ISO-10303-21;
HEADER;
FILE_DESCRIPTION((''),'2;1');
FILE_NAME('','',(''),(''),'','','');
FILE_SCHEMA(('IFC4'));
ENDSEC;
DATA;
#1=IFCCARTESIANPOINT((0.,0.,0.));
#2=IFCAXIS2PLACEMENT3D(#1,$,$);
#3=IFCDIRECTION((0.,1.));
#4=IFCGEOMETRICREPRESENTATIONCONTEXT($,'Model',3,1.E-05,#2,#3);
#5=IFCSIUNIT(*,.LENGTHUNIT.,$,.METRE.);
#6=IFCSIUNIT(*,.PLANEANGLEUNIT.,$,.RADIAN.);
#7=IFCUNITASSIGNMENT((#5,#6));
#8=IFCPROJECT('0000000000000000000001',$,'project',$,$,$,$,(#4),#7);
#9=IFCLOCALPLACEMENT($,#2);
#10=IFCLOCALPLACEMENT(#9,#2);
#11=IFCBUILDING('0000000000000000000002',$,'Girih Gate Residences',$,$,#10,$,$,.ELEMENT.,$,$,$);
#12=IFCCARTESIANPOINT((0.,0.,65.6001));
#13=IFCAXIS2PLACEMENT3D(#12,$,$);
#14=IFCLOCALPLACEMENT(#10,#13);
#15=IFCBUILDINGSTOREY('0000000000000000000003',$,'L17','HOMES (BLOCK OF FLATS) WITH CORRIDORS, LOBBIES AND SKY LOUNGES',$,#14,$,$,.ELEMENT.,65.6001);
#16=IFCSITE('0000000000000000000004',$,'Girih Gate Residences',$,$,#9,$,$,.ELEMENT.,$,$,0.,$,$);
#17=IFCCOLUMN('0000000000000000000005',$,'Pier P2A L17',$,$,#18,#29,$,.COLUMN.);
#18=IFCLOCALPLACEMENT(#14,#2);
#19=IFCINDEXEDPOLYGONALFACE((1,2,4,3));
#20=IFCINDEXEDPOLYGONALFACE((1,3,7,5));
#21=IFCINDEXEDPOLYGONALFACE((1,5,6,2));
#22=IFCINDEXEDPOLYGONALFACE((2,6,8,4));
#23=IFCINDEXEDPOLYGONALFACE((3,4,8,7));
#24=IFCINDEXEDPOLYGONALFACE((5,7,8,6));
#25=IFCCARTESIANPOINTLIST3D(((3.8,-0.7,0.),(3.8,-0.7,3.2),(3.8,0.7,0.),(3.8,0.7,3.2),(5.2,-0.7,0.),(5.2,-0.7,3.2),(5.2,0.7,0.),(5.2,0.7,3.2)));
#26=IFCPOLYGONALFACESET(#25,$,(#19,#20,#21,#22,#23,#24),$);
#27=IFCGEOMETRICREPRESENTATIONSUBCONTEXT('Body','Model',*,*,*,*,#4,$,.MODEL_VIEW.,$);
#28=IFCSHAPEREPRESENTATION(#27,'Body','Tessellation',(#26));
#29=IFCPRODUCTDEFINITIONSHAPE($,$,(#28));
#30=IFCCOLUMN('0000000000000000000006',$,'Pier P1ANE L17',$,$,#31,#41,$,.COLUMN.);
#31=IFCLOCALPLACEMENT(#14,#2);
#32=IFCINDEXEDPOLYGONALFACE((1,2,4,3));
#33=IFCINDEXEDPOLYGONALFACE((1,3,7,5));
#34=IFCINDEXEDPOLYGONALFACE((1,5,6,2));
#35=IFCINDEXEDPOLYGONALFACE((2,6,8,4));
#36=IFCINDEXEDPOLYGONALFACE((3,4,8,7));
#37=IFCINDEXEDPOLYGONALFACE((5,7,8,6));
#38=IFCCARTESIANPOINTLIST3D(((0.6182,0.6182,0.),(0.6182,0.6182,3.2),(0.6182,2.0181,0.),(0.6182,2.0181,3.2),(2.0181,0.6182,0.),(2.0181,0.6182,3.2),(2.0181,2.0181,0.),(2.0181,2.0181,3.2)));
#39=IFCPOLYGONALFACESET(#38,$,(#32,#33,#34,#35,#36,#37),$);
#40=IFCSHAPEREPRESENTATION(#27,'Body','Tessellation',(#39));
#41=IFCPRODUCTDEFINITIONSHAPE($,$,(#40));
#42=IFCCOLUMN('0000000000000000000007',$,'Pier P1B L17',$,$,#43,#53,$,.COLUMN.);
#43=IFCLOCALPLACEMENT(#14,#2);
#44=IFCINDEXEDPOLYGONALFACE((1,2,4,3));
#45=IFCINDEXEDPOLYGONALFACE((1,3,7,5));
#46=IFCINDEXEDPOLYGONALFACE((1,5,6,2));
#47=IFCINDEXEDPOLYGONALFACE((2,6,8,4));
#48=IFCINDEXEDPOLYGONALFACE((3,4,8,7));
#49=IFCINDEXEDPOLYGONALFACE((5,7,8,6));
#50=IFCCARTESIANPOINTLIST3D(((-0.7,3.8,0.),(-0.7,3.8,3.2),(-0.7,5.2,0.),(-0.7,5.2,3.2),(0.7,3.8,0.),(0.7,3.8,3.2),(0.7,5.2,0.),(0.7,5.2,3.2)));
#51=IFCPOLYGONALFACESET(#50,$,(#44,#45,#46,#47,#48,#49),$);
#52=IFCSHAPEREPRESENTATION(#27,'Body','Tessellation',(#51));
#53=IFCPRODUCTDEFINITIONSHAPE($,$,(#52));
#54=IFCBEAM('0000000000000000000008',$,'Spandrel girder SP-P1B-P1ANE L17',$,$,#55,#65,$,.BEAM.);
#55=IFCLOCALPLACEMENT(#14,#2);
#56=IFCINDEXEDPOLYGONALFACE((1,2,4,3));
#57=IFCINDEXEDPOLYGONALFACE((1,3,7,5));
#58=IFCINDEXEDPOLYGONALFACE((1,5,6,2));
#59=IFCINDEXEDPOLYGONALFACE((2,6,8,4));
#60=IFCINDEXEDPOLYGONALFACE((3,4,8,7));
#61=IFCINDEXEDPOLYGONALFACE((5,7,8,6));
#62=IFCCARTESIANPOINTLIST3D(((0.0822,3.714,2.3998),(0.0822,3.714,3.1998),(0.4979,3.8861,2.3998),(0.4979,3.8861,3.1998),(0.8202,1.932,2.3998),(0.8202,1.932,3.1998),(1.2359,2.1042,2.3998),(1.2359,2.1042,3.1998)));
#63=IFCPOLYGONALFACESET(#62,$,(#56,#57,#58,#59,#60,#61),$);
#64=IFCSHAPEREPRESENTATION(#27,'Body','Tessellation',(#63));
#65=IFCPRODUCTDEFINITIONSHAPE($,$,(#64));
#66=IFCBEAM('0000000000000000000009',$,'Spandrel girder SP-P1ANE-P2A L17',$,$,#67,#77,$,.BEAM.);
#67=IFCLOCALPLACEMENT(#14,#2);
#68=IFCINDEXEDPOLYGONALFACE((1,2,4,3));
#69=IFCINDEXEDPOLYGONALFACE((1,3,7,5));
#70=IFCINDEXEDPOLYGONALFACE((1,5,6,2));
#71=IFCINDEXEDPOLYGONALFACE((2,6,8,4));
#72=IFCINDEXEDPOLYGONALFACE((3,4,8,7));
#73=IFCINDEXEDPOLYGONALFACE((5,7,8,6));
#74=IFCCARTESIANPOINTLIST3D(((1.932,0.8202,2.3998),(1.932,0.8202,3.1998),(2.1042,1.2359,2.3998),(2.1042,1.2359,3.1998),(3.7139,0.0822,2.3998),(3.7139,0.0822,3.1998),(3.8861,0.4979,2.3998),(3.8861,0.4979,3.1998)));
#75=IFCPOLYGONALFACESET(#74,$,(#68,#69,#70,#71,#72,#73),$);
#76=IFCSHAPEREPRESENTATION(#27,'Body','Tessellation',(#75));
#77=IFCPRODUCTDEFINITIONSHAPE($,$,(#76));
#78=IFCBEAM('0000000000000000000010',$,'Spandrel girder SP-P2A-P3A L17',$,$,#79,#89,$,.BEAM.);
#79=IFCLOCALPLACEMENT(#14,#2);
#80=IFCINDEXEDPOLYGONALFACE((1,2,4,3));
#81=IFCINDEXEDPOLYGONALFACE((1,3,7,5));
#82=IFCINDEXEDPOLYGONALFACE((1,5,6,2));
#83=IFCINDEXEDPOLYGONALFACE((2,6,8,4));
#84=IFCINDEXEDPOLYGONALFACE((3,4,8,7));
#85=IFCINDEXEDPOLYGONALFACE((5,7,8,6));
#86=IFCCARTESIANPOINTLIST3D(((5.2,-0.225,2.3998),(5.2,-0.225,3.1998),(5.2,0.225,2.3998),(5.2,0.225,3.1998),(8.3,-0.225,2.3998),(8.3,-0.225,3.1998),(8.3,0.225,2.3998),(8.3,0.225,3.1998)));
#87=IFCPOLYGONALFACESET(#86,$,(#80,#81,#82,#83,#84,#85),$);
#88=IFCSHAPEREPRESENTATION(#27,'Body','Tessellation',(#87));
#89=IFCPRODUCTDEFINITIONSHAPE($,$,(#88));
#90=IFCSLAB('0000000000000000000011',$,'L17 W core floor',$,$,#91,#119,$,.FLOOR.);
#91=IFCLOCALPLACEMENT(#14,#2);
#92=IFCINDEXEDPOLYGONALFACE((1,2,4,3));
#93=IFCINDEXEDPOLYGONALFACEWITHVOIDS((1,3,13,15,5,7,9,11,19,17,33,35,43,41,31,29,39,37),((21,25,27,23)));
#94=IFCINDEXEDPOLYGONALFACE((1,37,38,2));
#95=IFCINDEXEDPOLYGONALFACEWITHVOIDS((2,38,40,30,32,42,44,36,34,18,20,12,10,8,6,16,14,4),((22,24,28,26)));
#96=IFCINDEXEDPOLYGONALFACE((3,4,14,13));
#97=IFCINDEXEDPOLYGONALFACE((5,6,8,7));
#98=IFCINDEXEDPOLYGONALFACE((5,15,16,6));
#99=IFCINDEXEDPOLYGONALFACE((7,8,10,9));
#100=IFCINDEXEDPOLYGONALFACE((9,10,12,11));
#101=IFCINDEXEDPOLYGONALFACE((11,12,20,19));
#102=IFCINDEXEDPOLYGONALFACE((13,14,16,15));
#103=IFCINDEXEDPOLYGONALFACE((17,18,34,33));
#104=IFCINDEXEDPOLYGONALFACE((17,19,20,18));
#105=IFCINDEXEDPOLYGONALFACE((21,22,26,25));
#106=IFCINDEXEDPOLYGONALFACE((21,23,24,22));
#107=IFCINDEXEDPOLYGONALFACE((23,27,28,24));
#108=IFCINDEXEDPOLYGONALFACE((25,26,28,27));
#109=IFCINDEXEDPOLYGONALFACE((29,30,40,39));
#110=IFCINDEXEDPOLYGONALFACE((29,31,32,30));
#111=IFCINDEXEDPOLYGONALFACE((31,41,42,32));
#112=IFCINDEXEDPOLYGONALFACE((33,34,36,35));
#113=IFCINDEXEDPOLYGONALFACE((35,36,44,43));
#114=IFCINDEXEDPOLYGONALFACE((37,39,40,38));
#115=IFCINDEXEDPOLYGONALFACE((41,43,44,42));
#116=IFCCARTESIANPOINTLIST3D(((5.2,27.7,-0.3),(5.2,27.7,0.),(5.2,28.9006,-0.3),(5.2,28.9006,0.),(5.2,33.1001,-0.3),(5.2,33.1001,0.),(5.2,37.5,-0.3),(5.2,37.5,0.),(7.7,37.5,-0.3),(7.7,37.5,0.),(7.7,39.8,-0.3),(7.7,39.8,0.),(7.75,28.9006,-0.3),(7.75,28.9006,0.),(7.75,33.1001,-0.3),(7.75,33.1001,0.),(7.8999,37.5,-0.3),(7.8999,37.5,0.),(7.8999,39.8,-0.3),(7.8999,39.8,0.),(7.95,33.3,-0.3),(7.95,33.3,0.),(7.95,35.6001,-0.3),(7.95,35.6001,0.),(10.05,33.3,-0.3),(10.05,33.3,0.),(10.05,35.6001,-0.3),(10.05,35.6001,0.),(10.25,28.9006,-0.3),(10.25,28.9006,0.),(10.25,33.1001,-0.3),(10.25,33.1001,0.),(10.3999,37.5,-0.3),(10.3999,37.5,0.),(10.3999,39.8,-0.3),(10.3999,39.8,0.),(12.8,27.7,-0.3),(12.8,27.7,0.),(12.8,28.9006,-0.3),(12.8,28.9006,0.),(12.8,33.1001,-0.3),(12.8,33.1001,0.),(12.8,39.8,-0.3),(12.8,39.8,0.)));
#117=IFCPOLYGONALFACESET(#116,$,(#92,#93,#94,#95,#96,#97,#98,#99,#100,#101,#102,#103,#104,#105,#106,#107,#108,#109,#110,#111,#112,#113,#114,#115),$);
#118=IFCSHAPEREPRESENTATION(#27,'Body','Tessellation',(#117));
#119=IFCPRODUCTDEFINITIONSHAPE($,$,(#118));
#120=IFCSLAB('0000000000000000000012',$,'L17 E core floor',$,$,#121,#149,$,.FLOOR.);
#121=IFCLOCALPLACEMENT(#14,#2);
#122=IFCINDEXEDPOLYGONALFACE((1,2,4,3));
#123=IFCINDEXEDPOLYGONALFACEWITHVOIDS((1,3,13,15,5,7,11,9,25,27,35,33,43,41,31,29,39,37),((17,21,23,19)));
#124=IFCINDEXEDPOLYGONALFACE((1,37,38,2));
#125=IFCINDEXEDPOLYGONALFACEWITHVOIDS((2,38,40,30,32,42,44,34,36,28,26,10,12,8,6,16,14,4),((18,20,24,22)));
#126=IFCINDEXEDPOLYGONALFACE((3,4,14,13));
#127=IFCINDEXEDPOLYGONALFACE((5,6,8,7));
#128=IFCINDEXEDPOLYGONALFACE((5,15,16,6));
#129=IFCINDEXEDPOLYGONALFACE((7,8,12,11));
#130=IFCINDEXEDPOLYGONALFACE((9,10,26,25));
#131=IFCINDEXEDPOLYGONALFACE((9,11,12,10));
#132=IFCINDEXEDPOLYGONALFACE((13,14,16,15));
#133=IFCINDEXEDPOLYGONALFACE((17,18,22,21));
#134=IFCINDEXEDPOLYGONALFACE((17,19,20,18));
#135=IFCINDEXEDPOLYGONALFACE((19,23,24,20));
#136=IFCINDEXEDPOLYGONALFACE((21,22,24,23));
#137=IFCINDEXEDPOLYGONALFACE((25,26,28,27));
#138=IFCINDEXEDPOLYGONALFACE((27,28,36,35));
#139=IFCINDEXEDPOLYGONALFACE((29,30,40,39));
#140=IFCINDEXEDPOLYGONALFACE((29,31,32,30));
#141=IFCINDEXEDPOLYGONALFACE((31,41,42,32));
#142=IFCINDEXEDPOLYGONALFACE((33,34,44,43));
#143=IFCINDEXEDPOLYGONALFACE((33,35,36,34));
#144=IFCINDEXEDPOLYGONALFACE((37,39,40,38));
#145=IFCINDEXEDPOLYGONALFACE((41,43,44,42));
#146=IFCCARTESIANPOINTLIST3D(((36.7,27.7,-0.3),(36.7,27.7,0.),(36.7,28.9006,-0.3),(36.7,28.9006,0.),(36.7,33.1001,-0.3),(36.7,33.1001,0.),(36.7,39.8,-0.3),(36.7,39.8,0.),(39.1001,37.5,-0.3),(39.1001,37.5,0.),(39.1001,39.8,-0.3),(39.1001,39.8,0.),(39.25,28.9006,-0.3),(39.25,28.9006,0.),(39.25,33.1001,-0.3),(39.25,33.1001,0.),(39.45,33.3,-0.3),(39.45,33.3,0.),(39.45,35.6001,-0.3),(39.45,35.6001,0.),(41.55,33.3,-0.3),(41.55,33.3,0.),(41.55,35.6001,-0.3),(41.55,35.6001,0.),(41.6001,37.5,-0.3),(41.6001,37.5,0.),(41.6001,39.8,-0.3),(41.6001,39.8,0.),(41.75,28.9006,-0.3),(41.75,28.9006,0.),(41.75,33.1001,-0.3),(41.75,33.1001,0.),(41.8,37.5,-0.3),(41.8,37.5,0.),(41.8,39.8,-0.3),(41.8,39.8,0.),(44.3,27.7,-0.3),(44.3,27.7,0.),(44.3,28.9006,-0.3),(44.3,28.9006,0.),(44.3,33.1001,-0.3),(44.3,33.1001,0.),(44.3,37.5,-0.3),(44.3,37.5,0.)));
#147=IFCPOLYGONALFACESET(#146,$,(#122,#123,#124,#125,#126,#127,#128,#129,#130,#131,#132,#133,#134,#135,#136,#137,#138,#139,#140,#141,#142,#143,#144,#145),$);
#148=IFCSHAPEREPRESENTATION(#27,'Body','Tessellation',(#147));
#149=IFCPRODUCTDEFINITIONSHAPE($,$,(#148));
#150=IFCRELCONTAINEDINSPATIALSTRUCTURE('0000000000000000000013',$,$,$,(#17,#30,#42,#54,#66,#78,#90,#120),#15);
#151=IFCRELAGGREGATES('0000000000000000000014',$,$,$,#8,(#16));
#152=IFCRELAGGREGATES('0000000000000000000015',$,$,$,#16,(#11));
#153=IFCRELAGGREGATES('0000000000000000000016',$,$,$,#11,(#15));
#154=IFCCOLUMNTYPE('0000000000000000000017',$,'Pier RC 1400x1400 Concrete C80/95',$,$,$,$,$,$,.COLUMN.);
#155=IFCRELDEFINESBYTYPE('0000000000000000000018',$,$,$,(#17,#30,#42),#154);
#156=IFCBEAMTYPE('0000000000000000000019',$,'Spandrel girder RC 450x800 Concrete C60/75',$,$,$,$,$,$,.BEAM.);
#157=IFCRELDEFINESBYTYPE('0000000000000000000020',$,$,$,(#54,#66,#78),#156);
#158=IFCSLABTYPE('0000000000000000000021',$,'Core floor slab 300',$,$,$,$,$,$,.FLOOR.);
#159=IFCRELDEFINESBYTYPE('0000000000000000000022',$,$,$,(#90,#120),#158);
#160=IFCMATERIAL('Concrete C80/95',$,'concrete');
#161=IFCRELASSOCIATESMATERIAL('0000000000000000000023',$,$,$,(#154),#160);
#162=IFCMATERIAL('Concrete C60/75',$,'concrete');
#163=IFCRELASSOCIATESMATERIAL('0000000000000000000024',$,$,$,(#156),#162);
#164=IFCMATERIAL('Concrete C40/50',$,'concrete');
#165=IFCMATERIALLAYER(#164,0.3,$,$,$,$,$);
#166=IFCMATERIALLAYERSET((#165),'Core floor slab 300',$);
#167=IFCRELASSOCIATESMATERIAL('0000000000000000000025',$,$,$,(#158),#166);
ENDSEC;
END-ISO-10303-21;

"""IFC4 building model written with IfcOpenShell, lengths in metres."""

from ifc_helpers import new_model, si_unit, direction, frame, origin, origin_2d, place, context, subcontext, project, spatial, polyline, rectangle, outline, extrude, material, layer, layer_set, material_profile, profile_set, type_object, element, save


model = new_model("IFC4")

# Units and contexts
model_context = context("Model", 3, precision=1e-05, world=origin(), true_north=direction((0.0, 1.0)))
body_context = subcontext(model_context, "Body", "Model", "MODEL_VIEW")
ifc_project = project(units=[si_unit("LENGTHUNIT", "METRE"), si_unit("PLANEANGLEUNIT", "RADIAN")], contexts=[model_context])

# Site, building, storey
site_placement = place(None, origin())
site = spatial("IfcSite", under=ifc_project, at=site_placement, Name="Girih Gate Residences", CompositionType="ELEMENT", RefElevation=0.0)
building_placement = place(site_placement, origin())
building = spatial("IfcBuilding", under=site, at=building_placement, Name="Girih Gate Residences", CompositionType="ELEMENT")
storey_placement = place(building_placement, frame((0.0, 0.0, 65.6001)))
storey = spatial("IfcBuildingStorey", under=building, at=storey_placement, Name="L17", Description="HOMES (BLOCK OF FLATS) WITH CORRIDORS, LOBBIES AND SKY LOUNGES", CompositionType="ELEMENT", Elevation=65.6001)

# Columns
ifc_material_1 = material(Name="Concrete C80/95", Category="concrete")
ifc_material_profile_1 = material_profile(ifc_material_1, rectangle(XDim=1.3999, YDim=1.3999, at=origin_2d()))
ifc_profile_set_1 = profile_set([ifc_material_profile_1], Name="Concrete C80/95")
column_type = type_object("IfcColumnType", Name="Pier RC 1400x1400 Concrete C80/95", PredefinedType="COLUMN", material=ifc_profile_set_1)
for number, where, z_axis, x_axis, name in (
    (1, (4.5, 0.0, 0.0), (0.0, 0.0, 1.0), (1.0, 0.0, 0.0), "Pier P2A L17"),
    (2, (1.3181, 1.3181, 0.0), (0.0, 0.0, 1.0), (1.0, 0.0, 0.0), "Pier P1ANE L17"),
    (3, (0.0, 4.5, 0.0), (0.0, 0.0, 1.0), (1.0, 0.0, 0.0), "Pier P1B L17"),
):
    element("IfcColumn", number, at=place(storey_placement, frame(where, z_axis=z_axis, x_axis=x_axis)), inside=storey, type_object=column_type, Name=name, PredefinedType="COLUMN", context=body_context, shape_type="SweptSolid", body=[
        extrude(rectangle(XDim=1.3999, YDim=1.3999, at=origin_2d()), origin(), (0.0, 0.0, 1.0), 3.2),
    ])

# Beams
ifc_material_2 = material(Name="Concrete C60/75", Category="concrete")
ifc_material_profile_2 = material_profile(ifc_material_2, rectangle(XDim=0.45, YDim=0.8, at=origin_2d()))
ifc_profile_set_2 = profile_set([ifc_material_profile_2], Name="Concrete C60/75")
beam_type = type_object("IfcBeamType", Name="Spandrel girder RC 450x800 Concrete C60/75", PredefinedType="BEAM", material=ifc_profile_set_2)
for number, where, z_axis, x_axis, name in (
    (4, (0.29, 3.8, 2.7998), (0.382646, -0.923895, 0.0), (0.923895, 0.382646, 0.0), "Spandrel girder SP-P1B-P1ANE L17"),
    (5, (2.0181, 1.0281, 2.7998), (0.923895, -0.382646, 0.0), (0.382646, 0.923895, 0.0), "Spandrel girder SP-P1ANE-P2A L17"),
):
    element("IfcBeam", number, at=place(storey_placement, frame(where, z_axis=z_axis, x_axis=x_axis)), inside=storey, type_object=beam_type, Name=name, PredefinedType="BEAM", context=body_context, shape_type="SweptSolid", body=[
        extrude(rectangle(XDim=0.45, YDim=0.8, at=origin_2d()), origin(), (0.0, 0.0, 1.0), 1.9287),
    ])
beam_placement = place(storey_placement, frame((5.2, 0.0, 2.7998), z_axis=(1.0, 0.0, 0.0), x_axis=(0.0, 1.0, 0.0)))
element("IfcBeam", 6, at=beam_placement, inside=storey, type_object=beam_type, Name="Spandrel girder SP-P2A-P3A L17", PredefinedType="BEAM", context=body_context, shape_type="SweptSolid", body=[
    extrude(rectangle(XDim=0.45, YDim=0.8, at=origin_2d()), origin(), (0.0, 0.0, 1.0), 3.1001),
])

# Slabs
ifc_material_3 = material(Name="Concrete C40/50", Category="concrete")
ifc_layer_1 = layer(ifc_material_3, 0.3)
ifc_layer_set_1 = layer_set([ifc_layer_1], Name="Core floor slab 300")
slab_type_1 = type_object("IfcSlabType", Name="Core floor slab 300", PredefinedType="FLOOR", material=ifc_layer_set_1)
slab_1_placement = place(storey_placement, frame((0.0, 0.0, -0.3)))
element("IfcSlab", 7, at=slab_1_placement, inside=storey, type_object=slab_type_1, Name="L17 W core floor", PredefinedType="FLOOR", context=body_context, shape_type="SweptSolid", body=[
    extrude(outline(polyline([(12.8, 27.7), (5.2, 27.7), (5.2, 28.9006), (7.75, 28.9006), (7.75, 33.1001), (5.2, 33.1001), (5.2, 37.5), (7.7, 37.5), (7.7, 39.8), (7.8999, 39.8), (7.8999, 37.5), (10.3999, 37.5), (10.3999, 39.8), (12.8, 39.8), (12.8, 33.1001), (10.25, 33.1001), (10.25, 28.9006), (12.8, 28.9006), (12.8, 27.7)]), holes=[polyline([(7.95, 33.3), (10.05, 33.3), (10.05, 35.6001), (7.95, 35.6001), (7.95, 33.3)])]), origin(), (0.0, 0.0, 1.0), 0.3),
])
slab_2_placement = place(storey_placement, frame((0.0, 0.0, -0.3)))
element("IfcSlab", 8, at=slab_2_placement, inside=storey, type_object=slab_type_1, Name="L17 E core floor", PredefinedType="FLOOR", context=body_context, shape_type="SweptSolid", body=[
    extrude(outline(polyline([(44.3, 27.7), (36.7, 27.7), (36.7, 28.9006), (39.25, 28.9006), (39.25, 33.1001), (36.7, 33.1001), (36.7, 39.8), (39.1001, 39.8), (39.1001, 37.5), (41.6001, 37.5), (41.6001, 39.8), (41.8, 39.8), (41.8, 37.5), (44.3, 37.5), (44.3, 33.1001), (41.75, 33.1001), (41.75, 28.9006), (44.3, 28.9006), (44.3, 27.7)]), holes=[polyline([(39.45, 33.3), (41.55, 33.3), (41.55, 35.6001), (39.45, 35.6001), (39.45, 33.3)])]), origin(), (0.0, 0.0, 1.0), 0.3),
])

save(model, "model.ifc")
